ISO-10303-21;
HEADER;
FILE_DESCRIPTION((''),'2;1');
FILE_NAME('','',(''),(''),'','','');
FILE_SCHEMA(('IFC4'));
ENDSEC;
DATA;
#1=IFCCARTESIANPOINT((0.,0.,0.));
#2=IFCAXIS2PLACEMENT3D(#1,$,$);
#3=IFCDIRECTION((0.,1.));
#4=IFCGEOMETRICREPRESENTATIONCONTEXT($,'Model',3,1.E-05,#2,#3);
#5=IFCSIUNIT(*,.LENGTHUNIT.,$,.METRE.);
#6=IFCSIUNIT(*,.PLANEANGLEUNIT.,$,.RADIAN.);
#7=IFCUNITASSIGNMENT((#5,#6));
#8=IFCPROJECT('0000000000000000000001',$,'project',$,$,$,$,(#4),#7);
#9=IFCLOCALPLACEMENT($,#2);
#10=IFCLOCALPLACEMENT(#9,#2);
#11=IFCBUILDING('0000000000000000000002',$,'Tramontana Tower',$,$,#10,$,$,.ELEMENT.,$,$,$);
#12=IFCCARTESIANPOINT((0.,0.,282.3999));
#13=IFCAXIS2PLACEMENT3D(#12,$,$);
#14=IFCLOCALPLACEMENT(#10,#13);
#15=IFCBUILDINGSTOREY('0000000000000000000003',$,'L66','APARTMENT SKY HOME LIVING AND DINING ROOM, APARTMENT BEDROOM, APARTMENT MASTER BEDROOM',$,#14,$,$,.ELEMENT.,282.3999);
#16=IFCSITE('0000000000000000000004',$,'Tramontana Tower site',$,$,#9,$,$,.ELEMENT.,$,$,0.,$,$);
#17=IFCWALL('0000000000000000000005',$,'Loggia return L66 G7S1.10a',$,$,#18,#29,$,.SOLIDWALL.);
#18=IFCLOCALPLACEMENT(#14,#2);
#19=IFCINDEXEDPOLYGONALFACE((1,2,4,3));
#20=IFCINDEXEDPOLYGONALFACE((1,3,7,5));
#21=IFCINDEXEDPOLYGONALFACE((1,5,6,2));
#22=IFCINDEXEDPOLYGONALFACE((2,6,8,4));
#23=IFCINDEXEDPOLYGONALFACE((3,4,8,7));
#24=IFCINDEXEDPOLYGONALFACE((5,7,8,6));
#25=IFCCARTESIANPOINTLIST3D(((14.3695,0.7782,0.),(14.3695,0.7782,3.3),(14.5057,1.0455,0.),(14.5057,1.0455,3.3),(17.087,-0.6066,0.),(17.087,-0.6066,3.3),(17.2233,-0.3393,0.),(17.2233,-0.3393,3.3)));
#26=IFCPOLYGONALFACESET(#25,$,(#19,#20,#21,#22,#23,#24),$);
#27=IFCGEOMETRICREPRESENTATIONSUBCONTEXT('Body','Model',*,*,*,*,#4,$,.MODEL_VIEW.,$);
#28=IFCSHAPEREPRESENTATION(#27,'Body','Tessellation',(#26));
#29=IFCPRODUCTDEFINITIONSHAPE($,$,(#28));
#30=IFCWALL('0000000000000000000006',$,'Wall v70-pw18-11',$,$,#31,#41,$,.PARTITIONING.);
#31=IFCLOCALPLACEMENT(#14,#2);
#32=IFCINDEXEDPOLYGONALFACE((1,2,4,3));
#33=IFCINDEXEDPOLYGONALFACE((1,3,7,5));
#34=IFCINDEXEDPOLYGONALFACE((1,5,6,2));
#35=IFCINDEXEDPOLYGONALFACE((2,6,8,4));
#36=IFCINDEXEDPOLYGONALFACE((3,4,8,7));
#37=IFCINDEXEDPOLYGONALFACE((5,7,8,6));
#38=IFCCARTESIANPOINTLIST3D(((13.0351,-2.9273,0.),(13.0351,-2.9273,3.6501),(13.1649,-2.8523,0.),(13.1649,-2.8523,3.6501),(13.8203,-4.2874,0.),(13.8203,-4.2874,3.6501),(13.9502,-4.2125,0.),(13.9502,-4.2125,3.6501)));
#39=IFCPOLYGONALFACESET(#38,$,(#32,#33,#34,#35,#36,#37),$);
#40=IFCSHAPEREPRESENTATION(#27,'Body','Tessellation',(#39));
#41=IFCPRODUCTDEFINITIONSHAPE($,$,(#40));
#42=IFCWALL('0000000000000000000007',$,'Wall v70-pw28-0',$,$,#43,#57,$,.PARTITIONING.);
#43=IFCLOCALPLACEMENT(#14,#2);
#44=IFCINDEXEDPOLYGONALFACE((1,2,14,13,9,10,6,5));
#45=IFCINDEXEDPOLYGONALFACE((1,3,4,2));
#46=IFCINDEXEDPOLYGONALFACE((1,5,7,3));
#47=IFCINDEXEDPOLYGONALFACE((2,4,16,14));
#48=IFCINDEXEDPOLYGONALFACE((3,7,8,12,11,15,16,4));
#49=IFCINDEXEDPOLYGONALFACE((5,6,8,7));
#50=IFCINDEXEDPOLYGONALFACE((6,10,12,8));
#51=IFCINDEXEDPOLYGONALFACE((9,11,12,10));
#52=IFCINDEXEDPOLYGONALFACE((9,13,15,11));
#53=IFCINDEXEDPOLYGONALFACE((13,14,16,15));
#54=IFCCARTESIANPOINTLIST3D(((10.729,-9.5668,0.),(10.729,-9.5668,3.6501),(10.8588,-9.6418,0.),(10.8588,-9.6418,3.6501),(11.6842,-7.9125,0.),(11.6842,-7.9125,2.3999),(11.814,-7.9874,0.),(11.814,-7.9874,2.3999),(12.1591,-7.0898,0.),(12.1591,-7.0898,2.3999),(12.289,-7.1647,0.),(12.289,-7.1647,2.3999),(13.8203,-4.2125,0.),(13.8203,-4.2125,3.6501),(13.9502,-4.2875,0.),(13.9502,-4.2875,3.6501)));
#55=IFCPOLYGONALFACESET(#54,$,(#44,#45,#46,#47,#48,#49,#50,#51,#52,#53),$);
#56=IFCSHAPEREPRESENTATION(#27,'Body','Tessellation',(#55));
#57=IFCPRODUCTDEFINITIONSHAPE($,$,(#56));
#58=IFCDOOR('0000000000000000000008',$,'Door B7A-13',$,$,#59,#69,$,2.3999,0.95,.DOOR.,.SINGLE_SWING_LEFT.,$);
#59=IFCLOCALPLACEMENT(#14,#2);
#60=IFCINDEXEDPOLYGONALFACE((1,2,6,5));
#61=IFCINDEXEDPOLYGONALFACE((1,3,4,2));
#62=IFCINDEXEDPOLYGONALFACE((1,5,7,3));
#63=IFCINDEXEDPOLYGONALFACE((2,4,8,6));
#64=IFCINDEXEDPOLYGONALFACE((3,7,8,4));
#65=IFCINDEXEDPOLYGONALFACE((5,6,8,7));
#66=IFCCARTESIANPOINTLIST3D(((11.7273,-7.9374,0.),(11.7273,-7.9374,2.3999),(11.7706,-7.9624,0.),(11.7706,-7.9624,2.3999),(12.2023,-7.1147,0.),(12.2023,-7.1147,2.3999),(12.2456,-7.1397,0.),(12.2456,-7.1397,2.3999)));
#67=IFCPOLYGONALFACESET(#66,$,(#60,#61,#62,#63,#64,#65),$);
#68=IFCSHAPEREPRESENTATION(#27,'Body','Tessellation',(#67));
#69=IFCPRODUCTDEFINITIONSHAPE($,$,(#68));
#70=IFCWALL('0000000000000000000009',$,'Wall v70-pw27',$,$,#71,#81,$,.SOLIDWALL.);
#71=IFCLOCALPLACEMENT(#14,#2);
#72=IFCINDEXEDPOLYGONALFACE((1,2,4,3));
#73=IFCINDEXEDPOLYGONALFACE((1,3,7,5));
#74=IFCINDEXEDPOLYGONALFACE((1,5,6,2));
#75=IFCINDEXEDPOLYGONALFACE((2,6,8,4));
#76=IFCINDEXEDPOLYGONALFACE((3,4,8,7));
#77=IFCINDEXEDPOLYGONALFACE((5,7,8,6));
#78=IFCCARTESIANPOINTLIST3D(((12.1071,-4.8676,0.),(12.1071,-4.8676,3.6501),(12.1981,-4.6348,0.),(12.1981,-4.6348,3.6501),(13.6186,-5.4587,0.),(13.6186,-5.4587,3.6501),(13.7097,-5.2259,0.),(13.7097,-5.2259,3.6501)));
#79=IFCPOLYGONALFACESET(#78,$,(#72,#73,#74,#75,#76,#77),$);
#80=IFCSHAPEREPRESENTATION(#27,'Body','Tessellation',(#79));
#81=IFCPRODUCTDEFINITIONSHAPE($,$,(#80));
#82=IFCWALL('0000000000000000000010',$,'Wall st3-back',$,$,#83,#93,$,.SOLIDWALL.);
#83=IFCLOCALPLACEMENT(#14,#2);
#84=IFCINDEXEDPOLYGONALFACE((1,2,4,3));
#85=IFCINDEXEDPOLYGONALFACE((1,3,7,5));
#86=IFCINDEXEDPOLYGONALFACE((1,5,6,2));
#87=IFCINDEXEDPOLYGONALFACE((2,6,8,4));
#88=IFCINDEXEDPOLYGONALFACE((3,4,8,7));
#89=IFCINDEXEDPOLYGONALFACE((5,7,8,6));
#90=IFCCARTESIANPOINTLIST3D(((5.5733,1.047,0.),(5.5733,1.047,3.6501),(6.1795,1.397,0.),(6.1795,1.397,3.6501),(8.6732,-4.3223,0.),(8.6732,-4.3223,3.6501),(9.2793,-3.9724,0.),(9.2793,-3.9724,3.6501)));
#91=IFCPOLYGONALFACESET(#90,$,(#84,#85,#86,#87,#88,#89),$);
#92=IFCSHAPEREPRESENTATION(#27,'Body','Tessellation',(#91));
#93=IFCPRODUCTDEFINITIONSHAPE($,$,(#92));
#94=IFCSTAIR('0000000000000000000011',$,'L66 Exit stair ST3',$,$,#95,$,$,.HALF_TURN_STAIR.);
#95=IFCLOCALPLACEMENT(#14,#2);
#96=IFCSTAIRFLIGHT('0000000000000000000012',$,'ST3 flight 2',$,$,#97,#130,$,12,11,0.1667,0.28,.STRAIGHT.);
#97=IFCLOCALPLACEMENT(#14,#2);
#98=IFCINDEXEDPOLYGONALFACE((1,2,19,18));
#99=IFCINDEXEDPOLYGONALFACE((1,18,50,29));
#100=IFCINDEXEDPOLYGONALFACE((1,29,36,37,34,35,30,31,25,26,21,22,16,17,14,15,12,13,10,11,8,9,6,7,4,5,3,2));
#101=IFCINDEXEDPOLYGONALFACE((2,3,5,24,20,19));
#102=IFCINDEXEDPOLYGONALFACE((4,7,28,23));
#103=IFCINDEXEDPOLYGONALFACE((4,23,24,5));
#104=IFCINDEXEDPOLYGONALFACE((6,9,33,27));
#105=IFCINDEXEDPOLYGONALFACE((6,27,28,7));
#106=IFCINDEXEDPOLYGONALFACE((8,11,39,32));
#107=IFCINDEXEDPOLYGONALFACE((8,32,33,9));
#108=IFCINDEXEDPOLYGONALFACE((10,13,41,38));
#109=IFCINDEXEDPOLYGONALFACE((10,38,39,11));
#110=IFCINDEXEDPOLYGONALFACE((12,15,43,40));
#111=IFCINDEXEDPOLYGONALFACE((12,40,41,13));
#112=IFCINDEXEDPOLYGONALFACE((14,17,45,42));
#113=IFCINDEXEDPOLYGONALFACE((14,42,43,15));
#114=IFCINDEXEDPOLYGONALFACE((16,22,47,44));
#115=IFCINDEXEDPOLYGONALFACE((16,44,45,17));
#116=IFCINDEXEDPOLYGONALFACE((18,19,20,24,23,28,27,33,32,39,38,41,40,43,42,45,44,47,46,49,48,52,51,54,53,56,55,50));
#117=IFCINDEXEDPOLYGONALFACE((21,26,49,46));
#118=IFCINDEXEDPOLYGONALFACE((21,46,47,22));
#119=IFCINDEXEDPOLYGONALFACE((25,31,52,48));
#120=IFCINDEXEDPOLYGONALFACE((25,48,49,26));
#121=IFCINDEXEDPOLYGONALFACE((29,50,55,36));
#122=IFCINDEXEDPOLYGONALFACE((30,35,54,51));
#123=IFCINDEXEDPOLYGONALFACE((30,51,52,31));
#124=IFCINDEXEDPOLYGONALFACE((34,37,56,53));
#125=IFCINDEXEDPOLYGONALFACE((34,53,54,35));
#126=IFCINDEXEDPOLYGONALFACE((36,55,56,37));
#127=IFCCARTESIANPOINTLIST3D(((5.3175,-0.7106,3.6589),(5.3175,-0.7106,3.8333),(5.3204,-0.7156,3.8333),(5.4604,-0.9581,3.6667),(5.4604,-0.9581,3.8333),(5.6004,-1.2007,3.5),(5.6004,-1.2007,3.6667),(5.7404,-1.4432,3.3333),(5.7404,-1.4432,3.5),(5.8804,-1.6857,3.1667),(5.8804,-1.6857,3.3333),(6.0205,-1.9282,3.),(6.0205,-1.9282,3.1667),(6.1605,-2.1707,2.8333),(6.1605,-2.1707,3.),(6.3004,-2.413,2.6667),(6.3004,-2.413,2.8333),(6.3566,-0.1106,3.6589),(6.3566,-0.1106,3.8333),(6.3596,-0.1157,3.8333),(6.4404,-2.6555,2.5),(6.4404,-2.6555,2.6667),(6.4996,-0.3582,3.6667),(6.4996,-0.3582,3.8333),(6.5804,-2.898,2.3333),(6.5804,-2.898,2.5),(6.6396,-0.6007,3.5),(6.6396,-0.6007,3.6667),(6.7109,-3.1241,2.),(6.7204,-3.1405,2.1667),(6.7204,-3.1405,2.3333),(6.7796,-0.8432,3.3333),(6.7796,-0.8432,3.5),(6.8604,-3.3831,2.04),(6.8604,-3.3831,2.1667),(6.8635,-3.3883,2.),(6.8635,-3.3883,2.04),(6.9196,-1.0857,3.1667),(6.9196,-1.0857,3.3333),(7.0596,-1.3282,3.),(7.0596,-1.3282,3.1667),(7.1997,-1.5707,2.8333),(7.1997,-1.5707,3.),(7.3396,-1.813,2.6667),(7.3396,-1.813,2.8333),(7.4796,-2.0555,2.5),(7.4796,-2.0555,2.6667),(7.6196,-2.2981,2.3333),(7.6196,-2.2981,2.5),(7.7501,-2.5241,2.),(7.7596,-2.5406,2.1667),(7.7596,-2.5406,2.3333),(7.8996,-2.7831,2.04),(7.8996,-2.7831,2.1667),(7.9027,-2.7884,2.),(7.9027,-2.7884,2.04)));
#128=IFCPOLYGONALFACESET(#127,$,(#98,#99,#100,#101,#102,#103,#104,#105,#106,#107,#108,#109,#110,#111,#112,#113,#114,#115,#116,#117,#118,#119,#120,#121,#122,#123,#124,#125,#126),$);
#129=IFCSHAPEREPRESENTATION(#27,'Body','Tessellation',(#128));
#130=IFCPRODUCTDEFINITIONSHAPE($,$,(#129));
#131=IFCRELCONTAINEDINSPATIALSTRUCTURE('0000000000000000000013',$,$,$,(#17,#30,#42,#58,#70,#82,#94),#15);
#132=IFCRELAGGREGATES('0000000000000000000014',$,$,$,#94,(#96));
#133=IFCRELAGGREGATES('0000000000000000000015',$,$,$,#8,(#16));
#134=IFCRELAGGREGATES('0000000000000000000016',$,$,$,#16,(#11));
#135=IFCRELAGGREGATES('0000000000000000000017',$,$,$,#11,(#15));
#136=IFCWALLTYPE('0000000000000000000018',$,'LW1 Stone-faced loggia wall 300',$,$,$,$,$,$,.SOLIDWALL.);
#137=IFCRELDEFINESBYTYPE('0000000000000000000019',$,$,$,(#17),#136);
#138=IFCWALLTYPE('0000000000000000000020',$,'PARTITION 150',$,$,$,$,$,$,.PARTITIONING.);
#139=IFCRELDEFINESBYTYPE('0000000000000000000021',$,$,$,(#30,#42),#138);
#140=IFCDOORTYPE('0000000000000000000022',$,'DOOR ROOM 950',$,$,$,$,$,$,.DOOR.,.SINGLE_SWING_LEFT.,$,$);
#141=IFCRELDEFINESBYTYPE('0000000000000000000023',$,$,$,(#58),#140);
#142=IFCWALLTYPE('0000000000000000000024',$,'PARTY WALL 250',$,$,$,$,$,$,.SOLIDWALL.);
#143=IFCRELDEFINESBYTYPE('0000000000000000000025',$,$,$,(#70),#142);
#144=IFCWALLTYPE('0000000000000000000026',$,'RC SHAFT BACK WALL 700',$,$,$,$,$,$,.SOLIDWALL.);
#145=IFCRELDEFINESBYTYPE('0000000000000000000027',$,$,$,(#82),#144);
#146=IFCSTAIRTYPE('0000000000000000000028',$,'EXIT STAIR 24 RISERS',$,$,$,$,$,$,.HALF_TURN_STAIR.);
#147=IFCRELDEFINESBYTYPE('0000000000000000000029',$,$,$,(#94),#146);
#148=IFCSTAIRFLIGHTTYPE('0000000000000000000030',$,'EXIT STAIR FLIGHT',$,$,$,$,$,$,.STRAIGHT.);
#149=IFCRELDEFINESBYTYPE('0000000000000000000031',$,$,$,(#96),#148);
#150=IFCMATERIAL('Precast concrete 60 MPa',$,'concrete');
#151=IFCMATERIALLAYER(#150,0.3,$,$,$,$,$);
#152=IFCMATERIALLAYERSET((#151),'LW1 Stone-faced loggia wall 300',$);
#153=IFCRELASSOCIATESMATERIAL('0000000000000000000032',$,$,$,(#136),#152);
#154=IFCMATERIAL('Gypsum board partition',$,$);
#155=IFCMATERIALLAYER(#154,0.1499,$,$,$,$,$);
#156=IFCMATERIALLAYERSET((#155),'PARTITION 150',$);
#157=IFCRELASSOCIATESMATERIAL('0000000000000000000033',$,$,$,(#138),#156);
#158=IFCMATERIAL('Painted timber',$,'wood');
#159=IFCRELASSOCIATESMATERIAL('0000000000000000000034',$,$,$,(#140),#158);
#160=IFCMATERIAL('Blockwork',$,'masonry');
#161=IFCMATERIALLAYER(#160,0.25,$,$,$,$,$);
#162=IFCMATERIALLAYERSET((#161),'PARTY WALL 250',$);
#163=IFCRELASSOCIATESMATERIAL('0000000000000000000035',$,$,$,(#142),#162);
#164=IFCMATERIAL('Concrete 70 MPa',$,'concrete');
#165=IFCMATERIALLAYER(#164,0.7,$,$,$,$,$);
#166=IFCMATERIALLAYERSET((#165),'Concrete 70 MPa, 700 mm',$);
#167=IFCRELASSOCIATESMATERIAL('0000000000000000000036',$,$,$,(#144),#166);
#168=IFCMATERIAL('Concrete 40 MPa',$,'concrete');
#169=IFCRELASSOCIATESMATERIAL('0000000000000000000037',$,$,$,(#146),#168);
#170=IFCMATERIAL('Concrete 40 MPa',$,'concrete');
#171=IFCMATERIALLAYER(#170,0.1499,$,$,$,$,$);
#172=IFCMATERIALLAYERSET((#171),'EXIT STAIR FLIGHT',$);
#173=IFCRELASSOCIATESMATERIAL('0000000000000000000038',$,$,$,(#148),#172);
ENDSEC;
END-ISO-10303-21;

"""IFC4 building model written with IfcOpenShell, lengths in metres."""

from ifc_helpers import new_model, si_unit, direction, frame, frame_2d, origin, place, context, subcontext, project, spatial, polyline, rectangle, outline, extrude, material, layer, layer_set, type_object, element, fill, aggregate, save


model = new_model("IFC4")

# Units and contexts
model_context = context("Model", 3, precision=1e-05, world=origin(), true_north=direction((0.0, 1.0)))
body_context = subcontext(model_context, "Body", "Model", "MODEL_VIEW")
ifc_project = project(units=[si_unit("LENGTHUNIT", "METRE"), si_unit("PLANEANGLEUNIT", "RADIAN")], contexts=[model_context])

# Site, building, storey
site_placement = place(None, origin())
site = spatial("IfcSite", under=ifc_project, at=site_placement, Name="Tramontana Tower site", CompositionType="ELEMENT", RefElevation=0.0)
building_placement = place(site_placement, origin())
building = spatial("IfcBuilding", under=site, at=building_placement, Name="Tramontana Tower", CompositionType="ELEMENT")
storey_placement = place(building_placement, frame((0.0, 0.0, 282.3999)))
storey = spatial("IfcBuildingStorey", under=building, at=storey_placement, Name="L66", Description="APARTMENT SKY HOME LIVING AND DINING ROOM, APARTMENT BEDROOM, APARTMENT MASTER BEDROOM", CompositionType="ELEMENT", Elevation=282.3999)

# Wall
ifc_material_1 = material(Name="Precast concrete 60 MPa", Category="concrete")
ifc_layer_1 = layer(ifc_material_1, 0.3)
ifc_layer_set_1 = layer_set([ifc_layer_1], Name="LW1 Stone-faced loggia wall 300")
wall_type_1 = type_object("IfcWallType", Name="LW1 Stone-faced loggia wall 300", PredefinedType="SOLIDWALL", material=ifc_layer_set_1)
wall_1_placement = place(storey_placement, frame((17.155, -0.4729, 0.0), z_axis=(0.0, 0.0, 1.0), x_axis=(-0.890991, 0.454021, 0.0)))
element("IfcWall", 1, at=wall_1_placement, inside=storey, type_object=wall_type_1, Name="Loggia return L66 G7S1.10a", PredefinedType="SOLIDWALL", context=body_context, shape_type="SweptSolid", body=[
    extrude(rectangle(XDim=3.05, YDim=0.3, at=frame_2d((1.5249, 0.0))), origin(), (0.0, 0.0, 1.0), 3.3),
])

# Shared definitions
ifc_material_2 = material(Name="Gypsum board partition")
ifc_layer_2 = layer(ifc_material_2, 0.1499)
ifc_layer_set_2 = layer_set([ifc_layer_2], Name="PARTITION 150")
wall_type_2 = type_object("IfcWallType", Name="PARTITION 150", PredefinedType="PARTITIONING", material=ifc_layer_set_2)
ifc_material_3 = material(Name="Painted timber", Category="wood")
door_type_1 = type_object("IfcDoorType", Name="DOOR ROOM 950", OperationType="SINGLE_SWING_LEFT", PredefinedType="DOOR", material=ifc_material_3)

# Wall
wall_2_placement = place(storey_placement, frame((13.1001, -2.8899, 0.0), z_axis=(0.0, 0.0, 1.0), x_axis=(0.499951, -0.866054, 0.0)))
element("IfcWall", 2, at=wall_2_placement, inside=storey, type_object=wall_type_2, Name="Wall v70-pw18-11", PredefinedType="PARTITIONING", context=body_context, shape_type="SweptSolid", body=[
    extrude(rectangle(XDim=1.5706, YDim=0.1499, at=frame_2d((0.7852, 0.0))), origin(), (0.0, 0.0, 1.0), 3.6501),
])

# Wall, opening, door
wall_3_placement = place(storey_placement, frame((13.8853, -4.25, 0.0), z_axis=(0.0, 0.0, 1.0), x_axis=(-0.500004, -0.866023, 0.0)))
wall_3 = element("IfcWall", 3, at=wall_3_placement, inside=storey, type_object=wall_type_2, Name="Wall v70-pw28-0", PredefinedType="PARTITIONING", context=body_context, shape_type="SweptSolid", body=[
    extrude(rectangle(XDim=6.1826, YDim=0.1499, at=frame_2d((3.0913, 0.0))), origin(), (0.0, 0.0, 1.0), 3.6501),
])
opening_1_placement = place(wall_3_placement, frame((3.3223, 0.0, 0.0)))
opening_1 = element("IfcOpeningElement", 4, at=opening_1_placement, cuts=wall_3, PredefinedType="OPENING", context=body_context, shape_type="SweptSolid", body=[
    extrude(rectangle(XDim=0.95, YDim=2.3999, at=frame_2d((0.4751, 1.2))), frame((0.0, 0.085, 0.0), z_axis=(0.0, -1.0, 0.0), x_axis=(1.0, 0.0, 0.0)), (0.0, 0.0, 1.0), 0.1699),
])
door_1_placement = place(opening_1_placement, origin())
door_1 = element("IfcDoor", 5, at=door_1_placement, inside=storey, type_object=door_type_1, Name="Door B7A-13", OperationType="SINGLE_SWING_LEFT", OverallHeight=2.3999, OverallWidth=0.95, PredefinedType="DOOR", context=body_context, shape_type="SweptSolid", body=[
    extrude(rectangle(XDim=0.95, YDim=2.3999, at=frame_2d((0.4751, 1.2))), frame((0.0, 0.0249, 0.0), z_axis=(0.0, -1.0, 0.0), x_axis=(1.0, 0.0, 0.0)), (0.0, 0.0, 1.0), 0.05),
])
fill(opening_1, door_1)

# Walls
ifc_material_4 = material(Name="Blockwork", Category="masonry")
ifc_layer_3 = layer(ifc_material_4, 0.25)
ifc_layer_set_3 = layer_set([ifc_layer_3], Name="PARTY WALL 250")
wall_type_3 = type_object("IfcWallType", Name="PARTY WALL 250", PredefinedType="SOLIDWALL", material=ifc_layer_set_3)
wall_4_placement = place(storey_placement, frame((12.1526, -4.7512, 0.0), z_axis=(0.0, 0.0, 1.0), x_axis=(0.931323, -0.364195, 0.0)))
element("IfcWall", 6, at=wall_4_placement, inside=storey, type_object=wall_type_3, Name="Wall v70-pw27", PredefinedType="SOLIDWALL", context=body_context, shape_type="SweptSolid", body=[
    extrude(rectangle(XDim=1.623, YDim=0.25, at=frame_2d((0.8115, 0.0))), origin(), (0.0, 0.0, 1.0), 3.6501),
])
ifc_material_5 = material(Name="Concrete 70 MPa", Category="concrete")
ifc_layer_4 = layer(ifc_material_5, 0.7)
ifc_layer_set_4 = layer_set([ifc_layer_4], Name="Concrete 70 MPa, 700 mm")
wall_type_4 = type_object("IfcWallType", Name="RC SHAFT BACK WALL 700", PredefinedType="SOLIDWALL", material=ifc_layer_set_4)
wall_5_placement = place(storey_placement, frame((8.9763, -4.1475, 0.0), z_axis=(0.0, 0.0, 1.0), x_axis=(-0.49998, 0.866037, 0.0)))
element("IfcWall", 7, at=wall_5_placement, inside=storey, type_object=wall_type_4, Name="Wall st3-back", PredefinedType="SOLIDWALL", context=body_context, shape_type="SweptSolid", body=[
    extrude(rectangle(XDim=6.2, YDim=0.7, at=frame_2d((3.1001, 0.0))), origin(), (0.0, 0.0, 1.0), 3.6501),
])

# Stair, stair flight
ifc_material_6 = material(Name="Concrete 40 MPa", Category="concrete")
stair_type = type_object("IfcStairType", Name="EXIT STAIR 24 RISERS", PredefinedType="HALF_TURN_STAIR", material=ifc_material_6)
stair_placement = place(storey_placement, origin())
stair = element("IfcStair", 8, at=stair_placement, inside=storey, type_object=stair_type, Name="L66 Exit stair ST3", PredefinedType="HALF_TURN_STAIR")
ifc_material_7 = material(Name="Concrete 40 MPa", Category="concrete")
ifc_layer_5 = layer(ifc_material_7, 0.1499)
ifc_layer_set_5 = layer_set([ifc_layer_5], Name="EXIT STAIR FLIGHT")
stair_flight_type = type_object("IfcStairFlightType", Name="EXIT STAIR FLIGHT", PredefinedType="STRAIGHT", material=ifc_layer_set_5)
stair_flight_placement = place(storey_placement, frame((7.3801, -3.083, 2.0), z_axis=(0.0, 0.0, 1.0), x_axis=(-0.5, 0.866025, 0.0)))
stair_flight = element("IfcStairFlight", 9, at=stair_flight_placement, type_object=stair_flight_type, Name="ST3 flight 2", NumberOfRisers=12, NumberOfTreads=11, PredefinedType="STRAIGHT", RiserHeight=0.1667, TreadLength=0.28, context=body_context, shape_type="SweptSolid", body=[
    extrude(outline(polyline([(-0.0061, 0.0), (-0.0061, 0.04), (0.0, 0.04), (0.0, 0.1667), (0.28, 0.1667), (0.28, 0.3333), (0.5601, 0.3333), (0.5601, 0.5), (0.8401, 0.5), (0.8401, 0.6667), (1.1201, 0.6667), (1.1201, 0.8333), (1.3999, 0.8333), (1.3999, 1.0), (1.6799, 1.0), (1.6799, 1.1667), (1.96, 1.1667), (1.96, 1.3333), (2.24, 1.3333), (2.24, 1.5), (2.52, 1.5), (2.52, 1.6667), (2.8, 1.6667), (2.8, 1.8333), (3.0801, 1.8333), (3.0859, 1.8333), (3.0859, 1.6589), (0.2991, 0.0), (-0.0061, 0.0)])), frame((0.0, 0.6001, 0.0), z_axis=(0.0, -1.0, 0.0), x_axis=(1.0, 0.0, 0.0)), (0.0, 0.0, 1.0), 1.2),
])
aggregate(stair, [stair_flight])

save(model, "model.ifc")
